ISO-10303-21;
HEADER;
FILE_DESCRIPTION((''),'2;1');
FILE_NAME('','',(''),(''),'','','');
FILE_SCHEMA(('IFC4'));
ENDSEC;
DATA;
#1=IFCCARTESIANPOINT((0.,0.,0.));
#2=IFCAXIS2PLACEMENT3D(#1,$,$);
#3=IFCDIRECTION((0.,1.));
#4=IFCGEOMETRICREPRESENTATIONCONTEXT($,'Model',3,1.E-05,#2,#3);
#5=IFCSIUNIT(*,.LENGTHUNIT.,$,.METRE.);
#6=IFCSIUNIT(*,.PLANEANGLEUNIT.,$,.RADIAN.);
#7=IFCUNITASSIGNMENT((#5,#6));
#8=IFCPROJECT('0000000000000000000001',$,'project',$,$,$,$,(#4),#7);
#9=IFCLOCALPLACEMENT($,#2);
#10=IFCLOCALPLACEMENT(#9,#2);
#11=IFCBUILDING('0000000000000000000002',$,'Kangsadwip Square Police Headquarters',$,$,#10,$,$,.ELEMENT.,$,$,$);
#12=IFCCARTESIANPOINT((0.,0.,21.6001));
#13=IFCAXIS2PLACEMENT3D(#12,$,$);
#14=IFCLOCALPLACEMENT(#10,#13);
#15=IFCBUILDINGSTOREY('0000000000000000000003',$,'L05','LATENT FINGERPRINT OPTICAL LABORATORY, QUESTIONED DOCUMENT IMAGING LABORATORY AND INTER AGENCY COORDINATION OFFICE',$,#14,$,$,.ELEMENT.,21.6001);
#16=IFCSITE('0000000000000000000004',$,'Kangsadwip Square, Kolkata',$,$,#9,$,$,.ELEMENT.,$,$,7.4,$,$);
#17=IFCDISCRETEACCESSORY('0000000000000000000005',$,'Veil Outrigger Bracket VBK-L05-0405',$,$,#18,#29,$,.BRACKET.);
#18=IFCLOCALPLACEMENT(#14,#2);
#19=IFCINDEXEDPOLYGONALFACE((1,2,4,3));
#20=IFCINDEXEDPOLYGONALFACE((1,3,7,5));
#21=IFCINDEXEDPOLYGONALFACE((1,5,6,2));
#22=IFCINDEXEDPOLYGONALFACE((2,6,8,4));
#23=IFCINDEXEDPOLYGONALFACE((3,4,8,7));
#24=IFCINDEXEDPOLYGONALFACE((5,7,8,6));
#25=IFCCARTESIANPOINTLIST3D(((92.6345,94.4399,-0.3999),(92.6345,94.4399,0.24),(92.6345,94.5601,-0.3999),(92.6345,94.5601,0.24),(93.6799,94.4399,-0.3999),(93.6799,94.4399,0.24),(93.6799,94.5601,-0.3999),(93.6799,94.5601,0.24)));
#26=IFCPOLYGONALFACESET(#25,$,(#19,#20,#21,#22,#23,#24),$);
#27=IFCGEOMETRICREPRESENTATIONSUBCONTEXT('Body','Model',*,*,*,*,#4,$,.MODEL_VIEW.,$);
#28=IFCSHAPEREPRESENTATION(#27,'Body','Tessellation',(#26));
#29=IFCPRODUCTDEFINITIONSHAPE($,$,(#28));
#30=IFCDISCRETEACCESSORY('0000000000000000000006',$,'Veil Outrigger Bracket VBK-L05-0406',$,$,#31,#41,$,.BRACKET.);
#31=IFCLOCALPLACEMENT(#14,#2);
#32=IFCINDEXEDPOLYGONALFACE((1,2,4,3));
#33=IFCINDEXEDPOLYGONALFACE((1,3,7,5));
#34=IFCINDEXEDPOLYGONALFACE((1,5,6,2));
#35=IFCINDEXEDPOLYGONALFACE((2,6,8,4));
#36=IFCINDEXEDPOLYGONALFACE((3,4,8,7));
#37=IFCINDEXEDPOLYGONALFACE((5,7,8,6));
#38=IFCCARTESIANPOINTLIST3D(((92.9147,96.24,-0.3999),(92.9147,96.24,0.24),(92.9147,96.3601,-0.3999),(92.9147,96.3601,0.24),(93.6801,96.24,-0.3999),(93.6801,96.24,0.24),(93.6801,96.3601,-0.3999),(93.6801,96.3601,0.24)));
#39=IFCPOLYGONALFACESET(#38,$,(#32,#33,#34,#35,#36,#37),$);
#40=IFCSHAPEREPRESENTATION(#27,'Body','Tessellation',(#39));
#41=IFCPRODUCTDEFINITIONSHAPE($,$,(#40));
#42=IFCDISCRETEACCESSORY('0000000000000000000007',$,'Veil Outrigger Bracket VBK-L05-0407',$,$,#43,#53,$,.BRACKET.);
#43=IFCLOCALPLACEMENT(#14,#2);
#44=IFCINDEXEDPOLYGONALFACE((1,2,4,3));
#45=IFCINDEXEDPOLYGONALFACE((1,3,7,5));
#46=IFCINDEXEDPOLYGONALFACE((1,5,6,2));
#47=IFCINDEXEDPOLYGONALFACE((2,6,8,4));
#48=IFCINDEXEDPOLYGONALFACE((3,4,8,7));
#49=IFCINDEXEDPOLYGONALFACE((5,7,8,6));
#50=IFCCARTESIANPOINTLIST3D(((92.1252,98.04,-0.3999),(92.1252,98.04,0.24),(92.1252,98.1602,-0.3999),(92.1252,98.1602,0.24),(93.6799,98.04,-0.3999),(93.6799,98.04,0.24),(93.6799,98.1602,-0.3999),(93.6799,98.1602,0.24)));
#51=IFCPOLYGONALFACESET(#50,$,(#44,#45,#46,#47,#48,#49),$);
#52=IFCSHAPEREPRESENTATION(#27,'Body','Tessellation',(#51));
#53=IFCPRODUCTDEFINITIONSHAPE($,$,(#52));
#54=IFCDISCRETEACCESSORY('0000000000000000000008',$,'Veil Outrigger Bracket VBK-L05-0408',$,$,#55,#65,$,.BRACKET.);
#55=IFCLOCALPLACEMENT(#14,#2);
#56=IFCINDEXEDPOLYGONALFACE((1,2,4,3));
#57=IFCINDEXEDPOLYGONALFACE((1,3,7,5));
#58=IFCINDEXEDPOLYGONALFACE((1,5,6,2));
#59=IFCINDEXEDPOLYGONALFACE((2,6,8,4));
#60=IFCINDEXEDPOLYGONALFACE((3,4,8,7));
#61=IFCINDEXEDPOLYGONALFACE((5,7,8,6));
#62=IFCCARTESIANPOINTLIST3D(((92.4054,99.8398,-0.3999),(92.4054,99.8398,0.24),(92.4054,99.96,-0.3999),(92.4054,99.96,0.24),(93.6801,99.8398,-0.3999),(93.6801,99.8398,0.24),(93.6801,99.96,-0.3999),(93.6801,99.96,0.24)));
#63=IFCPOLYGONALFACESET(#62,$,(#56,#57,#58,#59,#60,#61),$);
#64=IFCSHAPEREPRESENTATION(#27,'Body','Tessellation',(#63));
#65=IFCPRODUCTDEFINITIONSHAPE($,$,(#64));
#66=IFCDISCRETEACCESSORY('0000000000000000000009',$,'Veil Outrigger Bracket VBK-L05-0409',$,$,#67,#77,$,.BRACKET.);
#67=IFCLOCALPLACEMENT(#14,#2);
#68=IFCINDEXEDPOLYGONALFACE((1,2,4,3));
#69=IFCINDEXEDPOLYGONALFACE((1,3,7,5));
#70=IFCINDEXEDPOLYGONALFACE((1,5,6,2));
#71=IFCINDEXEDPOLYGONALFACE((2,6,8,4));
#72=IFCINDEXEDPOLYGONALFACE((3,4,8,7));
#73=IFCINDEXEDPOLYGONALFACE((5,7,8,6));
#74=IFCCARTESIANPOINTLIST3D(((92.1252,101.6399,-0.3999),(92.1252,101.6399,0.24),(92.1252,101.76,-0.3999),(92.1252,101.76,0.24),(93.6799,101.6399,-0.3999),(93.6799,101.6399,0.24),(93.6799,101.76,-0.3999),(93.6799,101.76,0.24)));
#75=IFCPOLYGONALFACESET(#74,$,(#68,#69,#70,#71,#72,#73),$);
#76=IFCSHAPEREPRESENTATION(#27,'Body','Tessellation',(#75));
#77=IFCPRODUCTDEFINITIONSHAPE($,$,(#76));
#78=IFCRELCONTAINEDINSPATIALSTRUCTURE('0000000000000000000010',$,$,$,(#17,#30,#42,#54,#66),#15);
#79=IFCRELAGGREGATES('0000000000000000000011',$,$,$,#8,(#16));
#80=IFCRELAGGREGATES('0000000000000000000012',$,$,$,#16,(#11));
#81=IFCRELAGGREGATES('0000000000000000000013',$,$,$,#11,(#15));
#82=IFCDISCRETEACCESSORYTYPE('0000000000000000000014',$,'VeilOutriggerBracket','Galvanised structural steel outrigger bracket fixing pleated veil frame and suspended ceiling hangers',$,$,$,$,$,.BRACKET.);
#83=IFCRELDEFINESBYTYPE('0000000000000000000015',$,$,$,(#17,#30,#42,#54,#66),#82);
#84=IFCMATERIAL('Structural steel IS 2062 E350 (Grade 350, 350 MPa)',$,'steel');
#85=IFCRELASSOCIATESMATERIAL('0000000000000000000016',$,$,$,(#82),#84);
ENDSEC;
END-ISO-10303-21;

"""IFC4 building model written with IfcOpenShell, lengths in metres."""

from ifc_helpers import new_model, si_unit, direction, frame, origin, origin_2d, place, context, subcontext, project, spatial, rectangle, extrude, material, type_object, element, save


model = new_model("IFC4")

# Units and contexts
model_context = context("Model", 3, precision=1e-05, world=origin(), true_north=direction((0.0, 1.0)))
body_context = subcontext(model_context, "Body", "Model", "MODEL_VIEW")
ifc_project = project(units=[si_unit("LENGTHUNIT", "METRE"), si_unit("PLANEANGLEUNIT", "RADIAN")], contexts=[model_context])

# Site, building, storey
site_placement = place(None, origin())
site = spatial("IfcSite", under=ifc_project, at=site_placement, Name="Kangsadwip Square, Kolkata", CompositionType="ELEMENT", RefElevation=7.4)
building_placement = place(site_placement, origin())
building = spatial("IfcBuilding", under=site, at=building_placement, Name="Kangsadwip Square Police Headquarters", CompositionType="ELEMENT")
storey_placement = place(building_placement, frame((0.0, 0.0, 21.6001)))
storey = spatial("IfcBuildingStorey", under=building, at=storey_placement, Name="L05", Description="LATENT FINGERPRINT OPTICAL LABORATORY, QUESTIONED DOCUMENT IMAGING LABORATORY AND INTER AGENCY COORDINATION OFFICE", CompositionType="ELEMENT", Elevation=21.6001)

# Discrete accessories
ifc_material_1 = material(Name="Structural steel IS 2062 E350 (Grade 350, 350 MPa)", Category="steel")
discrete_accessory_type = type_object("IfcDiscreteAccessoryType", Name="VeilOutriggerBracket", Description="Galvanised structural steel outrigger bracket fixing pleated veil frame and suspended ceiling hangers", PredefinedType="BRACKET", material=ifc_material_1)
discrete_accessory_1_placement = place(storey_placement, frame((93.1572, 94.5, -0.3999), z_axis=(0.0, 0.0, 1.0), x_axis=(1.0, 0.0, 0.0)))
element("IfcDiscreteAccessory", 1, at=discrete_accessory_1_placement, inside=storey, type_object=discrete_accessory_type, Name="Veil Outrigger Bracket VBK-L05-0405", PredefinedType="BRACKET", context=body_context, shape_type="SweptSolid", body=[
    extrude(rectangle(XDim=1.0454, YDim=0.1201, at=origin_2d()), origin(), (0.0, 0.0, 1.0), 0.6399),
])
discrete_accessory_2_placement = place(storey_placement, frame((93.2974, 96.3, -0.3999), z_axis=(0.0, 0.0, 1.0), x_axis=(1.0, 0.0, 0.0)))
element("IfcDiscreteAccessory", 2, at=discrete_accessory_2_placement, inside=storey, type_object=discrete_accessory_type, Name="Veil Outrigger Bracket VBK-L05-0406", PredefinedType="BRACKET", context=body_context, shape_type="SweptSolid", body=[
    extrude(rectangle(XDim=0.7654, YDim=0.1201, at=origin_2d()), origin(), (0.0, 0.0, 1.0), 0.6399),
])
discrete_accessory_3_placement = place(storey_placement, frame((92.9026, 98.1001, -0.3999), z_axis=(0.0, 0.0, 1.0), x_axis=(1.0, 0.0, 0.0)))
element("IfcDiscreteAccessory", 3, at=discrete_accessory_3_placement, inside=storey, type_object=discrete_accessory_type, Name="Veil Outrigger Bracket VBK-L05-0407", PredefinedType="BRACKET", context=body_context, shape_type="SweptSolid", body=[
    extrude(rectangle(XDim=1.5547, YDim=0.1201, at=origin_2d()), origin(), (0.0, 0.0, 1.0), 0.6399),
])
discrete_accessory_4_placement = place(storey_placement, frame((93.0427, 99.8999, -0.3999), z_axis=(0.0, 0.0, 1.0), x_axis=(1.0, 0.0, 0.0)))
element("IfcDiscreteAccessory", 4, at=discrete_accessory_4_placement, inside=storey, type_object=discrete_accessory_type, Name="Veil Outrigger Bracket VBK-L05-0408", PredefinedType="BRACKET", context=body_context, shape_type="SweptSolid", body=[
    extrude(rectangle(XDim=1.2747, YDim=0.1201, at=origin_2d()), origin(), (0.0, 0.0, 1.0), 0.6399),
])
discrete_accessory_5_placement = place(storey_placement, frame((92.9026, 101.7, -0.3999), z_axis=(0.0, 0.0, 1.0), x_axis=(1.0, 0.0, 0.0)))
element("IfcDiscreteAccessory", 5, at=discrete_accessory_5_placement, inside=storey, type_object=discrete_accessory_type, Name="Veil Outrigger Bracket VBK-L05-0409", PredefinedType="BRACKET", context=body_context, shape_type="SweptSolid", body=[
    extrude(rectangle(XDim=1.5547, YDim=0.1201, at=origin_2d()), origin(), (0.0, 0.0, 1.0), 0.6399),
])

save(model, "model.ifc")
